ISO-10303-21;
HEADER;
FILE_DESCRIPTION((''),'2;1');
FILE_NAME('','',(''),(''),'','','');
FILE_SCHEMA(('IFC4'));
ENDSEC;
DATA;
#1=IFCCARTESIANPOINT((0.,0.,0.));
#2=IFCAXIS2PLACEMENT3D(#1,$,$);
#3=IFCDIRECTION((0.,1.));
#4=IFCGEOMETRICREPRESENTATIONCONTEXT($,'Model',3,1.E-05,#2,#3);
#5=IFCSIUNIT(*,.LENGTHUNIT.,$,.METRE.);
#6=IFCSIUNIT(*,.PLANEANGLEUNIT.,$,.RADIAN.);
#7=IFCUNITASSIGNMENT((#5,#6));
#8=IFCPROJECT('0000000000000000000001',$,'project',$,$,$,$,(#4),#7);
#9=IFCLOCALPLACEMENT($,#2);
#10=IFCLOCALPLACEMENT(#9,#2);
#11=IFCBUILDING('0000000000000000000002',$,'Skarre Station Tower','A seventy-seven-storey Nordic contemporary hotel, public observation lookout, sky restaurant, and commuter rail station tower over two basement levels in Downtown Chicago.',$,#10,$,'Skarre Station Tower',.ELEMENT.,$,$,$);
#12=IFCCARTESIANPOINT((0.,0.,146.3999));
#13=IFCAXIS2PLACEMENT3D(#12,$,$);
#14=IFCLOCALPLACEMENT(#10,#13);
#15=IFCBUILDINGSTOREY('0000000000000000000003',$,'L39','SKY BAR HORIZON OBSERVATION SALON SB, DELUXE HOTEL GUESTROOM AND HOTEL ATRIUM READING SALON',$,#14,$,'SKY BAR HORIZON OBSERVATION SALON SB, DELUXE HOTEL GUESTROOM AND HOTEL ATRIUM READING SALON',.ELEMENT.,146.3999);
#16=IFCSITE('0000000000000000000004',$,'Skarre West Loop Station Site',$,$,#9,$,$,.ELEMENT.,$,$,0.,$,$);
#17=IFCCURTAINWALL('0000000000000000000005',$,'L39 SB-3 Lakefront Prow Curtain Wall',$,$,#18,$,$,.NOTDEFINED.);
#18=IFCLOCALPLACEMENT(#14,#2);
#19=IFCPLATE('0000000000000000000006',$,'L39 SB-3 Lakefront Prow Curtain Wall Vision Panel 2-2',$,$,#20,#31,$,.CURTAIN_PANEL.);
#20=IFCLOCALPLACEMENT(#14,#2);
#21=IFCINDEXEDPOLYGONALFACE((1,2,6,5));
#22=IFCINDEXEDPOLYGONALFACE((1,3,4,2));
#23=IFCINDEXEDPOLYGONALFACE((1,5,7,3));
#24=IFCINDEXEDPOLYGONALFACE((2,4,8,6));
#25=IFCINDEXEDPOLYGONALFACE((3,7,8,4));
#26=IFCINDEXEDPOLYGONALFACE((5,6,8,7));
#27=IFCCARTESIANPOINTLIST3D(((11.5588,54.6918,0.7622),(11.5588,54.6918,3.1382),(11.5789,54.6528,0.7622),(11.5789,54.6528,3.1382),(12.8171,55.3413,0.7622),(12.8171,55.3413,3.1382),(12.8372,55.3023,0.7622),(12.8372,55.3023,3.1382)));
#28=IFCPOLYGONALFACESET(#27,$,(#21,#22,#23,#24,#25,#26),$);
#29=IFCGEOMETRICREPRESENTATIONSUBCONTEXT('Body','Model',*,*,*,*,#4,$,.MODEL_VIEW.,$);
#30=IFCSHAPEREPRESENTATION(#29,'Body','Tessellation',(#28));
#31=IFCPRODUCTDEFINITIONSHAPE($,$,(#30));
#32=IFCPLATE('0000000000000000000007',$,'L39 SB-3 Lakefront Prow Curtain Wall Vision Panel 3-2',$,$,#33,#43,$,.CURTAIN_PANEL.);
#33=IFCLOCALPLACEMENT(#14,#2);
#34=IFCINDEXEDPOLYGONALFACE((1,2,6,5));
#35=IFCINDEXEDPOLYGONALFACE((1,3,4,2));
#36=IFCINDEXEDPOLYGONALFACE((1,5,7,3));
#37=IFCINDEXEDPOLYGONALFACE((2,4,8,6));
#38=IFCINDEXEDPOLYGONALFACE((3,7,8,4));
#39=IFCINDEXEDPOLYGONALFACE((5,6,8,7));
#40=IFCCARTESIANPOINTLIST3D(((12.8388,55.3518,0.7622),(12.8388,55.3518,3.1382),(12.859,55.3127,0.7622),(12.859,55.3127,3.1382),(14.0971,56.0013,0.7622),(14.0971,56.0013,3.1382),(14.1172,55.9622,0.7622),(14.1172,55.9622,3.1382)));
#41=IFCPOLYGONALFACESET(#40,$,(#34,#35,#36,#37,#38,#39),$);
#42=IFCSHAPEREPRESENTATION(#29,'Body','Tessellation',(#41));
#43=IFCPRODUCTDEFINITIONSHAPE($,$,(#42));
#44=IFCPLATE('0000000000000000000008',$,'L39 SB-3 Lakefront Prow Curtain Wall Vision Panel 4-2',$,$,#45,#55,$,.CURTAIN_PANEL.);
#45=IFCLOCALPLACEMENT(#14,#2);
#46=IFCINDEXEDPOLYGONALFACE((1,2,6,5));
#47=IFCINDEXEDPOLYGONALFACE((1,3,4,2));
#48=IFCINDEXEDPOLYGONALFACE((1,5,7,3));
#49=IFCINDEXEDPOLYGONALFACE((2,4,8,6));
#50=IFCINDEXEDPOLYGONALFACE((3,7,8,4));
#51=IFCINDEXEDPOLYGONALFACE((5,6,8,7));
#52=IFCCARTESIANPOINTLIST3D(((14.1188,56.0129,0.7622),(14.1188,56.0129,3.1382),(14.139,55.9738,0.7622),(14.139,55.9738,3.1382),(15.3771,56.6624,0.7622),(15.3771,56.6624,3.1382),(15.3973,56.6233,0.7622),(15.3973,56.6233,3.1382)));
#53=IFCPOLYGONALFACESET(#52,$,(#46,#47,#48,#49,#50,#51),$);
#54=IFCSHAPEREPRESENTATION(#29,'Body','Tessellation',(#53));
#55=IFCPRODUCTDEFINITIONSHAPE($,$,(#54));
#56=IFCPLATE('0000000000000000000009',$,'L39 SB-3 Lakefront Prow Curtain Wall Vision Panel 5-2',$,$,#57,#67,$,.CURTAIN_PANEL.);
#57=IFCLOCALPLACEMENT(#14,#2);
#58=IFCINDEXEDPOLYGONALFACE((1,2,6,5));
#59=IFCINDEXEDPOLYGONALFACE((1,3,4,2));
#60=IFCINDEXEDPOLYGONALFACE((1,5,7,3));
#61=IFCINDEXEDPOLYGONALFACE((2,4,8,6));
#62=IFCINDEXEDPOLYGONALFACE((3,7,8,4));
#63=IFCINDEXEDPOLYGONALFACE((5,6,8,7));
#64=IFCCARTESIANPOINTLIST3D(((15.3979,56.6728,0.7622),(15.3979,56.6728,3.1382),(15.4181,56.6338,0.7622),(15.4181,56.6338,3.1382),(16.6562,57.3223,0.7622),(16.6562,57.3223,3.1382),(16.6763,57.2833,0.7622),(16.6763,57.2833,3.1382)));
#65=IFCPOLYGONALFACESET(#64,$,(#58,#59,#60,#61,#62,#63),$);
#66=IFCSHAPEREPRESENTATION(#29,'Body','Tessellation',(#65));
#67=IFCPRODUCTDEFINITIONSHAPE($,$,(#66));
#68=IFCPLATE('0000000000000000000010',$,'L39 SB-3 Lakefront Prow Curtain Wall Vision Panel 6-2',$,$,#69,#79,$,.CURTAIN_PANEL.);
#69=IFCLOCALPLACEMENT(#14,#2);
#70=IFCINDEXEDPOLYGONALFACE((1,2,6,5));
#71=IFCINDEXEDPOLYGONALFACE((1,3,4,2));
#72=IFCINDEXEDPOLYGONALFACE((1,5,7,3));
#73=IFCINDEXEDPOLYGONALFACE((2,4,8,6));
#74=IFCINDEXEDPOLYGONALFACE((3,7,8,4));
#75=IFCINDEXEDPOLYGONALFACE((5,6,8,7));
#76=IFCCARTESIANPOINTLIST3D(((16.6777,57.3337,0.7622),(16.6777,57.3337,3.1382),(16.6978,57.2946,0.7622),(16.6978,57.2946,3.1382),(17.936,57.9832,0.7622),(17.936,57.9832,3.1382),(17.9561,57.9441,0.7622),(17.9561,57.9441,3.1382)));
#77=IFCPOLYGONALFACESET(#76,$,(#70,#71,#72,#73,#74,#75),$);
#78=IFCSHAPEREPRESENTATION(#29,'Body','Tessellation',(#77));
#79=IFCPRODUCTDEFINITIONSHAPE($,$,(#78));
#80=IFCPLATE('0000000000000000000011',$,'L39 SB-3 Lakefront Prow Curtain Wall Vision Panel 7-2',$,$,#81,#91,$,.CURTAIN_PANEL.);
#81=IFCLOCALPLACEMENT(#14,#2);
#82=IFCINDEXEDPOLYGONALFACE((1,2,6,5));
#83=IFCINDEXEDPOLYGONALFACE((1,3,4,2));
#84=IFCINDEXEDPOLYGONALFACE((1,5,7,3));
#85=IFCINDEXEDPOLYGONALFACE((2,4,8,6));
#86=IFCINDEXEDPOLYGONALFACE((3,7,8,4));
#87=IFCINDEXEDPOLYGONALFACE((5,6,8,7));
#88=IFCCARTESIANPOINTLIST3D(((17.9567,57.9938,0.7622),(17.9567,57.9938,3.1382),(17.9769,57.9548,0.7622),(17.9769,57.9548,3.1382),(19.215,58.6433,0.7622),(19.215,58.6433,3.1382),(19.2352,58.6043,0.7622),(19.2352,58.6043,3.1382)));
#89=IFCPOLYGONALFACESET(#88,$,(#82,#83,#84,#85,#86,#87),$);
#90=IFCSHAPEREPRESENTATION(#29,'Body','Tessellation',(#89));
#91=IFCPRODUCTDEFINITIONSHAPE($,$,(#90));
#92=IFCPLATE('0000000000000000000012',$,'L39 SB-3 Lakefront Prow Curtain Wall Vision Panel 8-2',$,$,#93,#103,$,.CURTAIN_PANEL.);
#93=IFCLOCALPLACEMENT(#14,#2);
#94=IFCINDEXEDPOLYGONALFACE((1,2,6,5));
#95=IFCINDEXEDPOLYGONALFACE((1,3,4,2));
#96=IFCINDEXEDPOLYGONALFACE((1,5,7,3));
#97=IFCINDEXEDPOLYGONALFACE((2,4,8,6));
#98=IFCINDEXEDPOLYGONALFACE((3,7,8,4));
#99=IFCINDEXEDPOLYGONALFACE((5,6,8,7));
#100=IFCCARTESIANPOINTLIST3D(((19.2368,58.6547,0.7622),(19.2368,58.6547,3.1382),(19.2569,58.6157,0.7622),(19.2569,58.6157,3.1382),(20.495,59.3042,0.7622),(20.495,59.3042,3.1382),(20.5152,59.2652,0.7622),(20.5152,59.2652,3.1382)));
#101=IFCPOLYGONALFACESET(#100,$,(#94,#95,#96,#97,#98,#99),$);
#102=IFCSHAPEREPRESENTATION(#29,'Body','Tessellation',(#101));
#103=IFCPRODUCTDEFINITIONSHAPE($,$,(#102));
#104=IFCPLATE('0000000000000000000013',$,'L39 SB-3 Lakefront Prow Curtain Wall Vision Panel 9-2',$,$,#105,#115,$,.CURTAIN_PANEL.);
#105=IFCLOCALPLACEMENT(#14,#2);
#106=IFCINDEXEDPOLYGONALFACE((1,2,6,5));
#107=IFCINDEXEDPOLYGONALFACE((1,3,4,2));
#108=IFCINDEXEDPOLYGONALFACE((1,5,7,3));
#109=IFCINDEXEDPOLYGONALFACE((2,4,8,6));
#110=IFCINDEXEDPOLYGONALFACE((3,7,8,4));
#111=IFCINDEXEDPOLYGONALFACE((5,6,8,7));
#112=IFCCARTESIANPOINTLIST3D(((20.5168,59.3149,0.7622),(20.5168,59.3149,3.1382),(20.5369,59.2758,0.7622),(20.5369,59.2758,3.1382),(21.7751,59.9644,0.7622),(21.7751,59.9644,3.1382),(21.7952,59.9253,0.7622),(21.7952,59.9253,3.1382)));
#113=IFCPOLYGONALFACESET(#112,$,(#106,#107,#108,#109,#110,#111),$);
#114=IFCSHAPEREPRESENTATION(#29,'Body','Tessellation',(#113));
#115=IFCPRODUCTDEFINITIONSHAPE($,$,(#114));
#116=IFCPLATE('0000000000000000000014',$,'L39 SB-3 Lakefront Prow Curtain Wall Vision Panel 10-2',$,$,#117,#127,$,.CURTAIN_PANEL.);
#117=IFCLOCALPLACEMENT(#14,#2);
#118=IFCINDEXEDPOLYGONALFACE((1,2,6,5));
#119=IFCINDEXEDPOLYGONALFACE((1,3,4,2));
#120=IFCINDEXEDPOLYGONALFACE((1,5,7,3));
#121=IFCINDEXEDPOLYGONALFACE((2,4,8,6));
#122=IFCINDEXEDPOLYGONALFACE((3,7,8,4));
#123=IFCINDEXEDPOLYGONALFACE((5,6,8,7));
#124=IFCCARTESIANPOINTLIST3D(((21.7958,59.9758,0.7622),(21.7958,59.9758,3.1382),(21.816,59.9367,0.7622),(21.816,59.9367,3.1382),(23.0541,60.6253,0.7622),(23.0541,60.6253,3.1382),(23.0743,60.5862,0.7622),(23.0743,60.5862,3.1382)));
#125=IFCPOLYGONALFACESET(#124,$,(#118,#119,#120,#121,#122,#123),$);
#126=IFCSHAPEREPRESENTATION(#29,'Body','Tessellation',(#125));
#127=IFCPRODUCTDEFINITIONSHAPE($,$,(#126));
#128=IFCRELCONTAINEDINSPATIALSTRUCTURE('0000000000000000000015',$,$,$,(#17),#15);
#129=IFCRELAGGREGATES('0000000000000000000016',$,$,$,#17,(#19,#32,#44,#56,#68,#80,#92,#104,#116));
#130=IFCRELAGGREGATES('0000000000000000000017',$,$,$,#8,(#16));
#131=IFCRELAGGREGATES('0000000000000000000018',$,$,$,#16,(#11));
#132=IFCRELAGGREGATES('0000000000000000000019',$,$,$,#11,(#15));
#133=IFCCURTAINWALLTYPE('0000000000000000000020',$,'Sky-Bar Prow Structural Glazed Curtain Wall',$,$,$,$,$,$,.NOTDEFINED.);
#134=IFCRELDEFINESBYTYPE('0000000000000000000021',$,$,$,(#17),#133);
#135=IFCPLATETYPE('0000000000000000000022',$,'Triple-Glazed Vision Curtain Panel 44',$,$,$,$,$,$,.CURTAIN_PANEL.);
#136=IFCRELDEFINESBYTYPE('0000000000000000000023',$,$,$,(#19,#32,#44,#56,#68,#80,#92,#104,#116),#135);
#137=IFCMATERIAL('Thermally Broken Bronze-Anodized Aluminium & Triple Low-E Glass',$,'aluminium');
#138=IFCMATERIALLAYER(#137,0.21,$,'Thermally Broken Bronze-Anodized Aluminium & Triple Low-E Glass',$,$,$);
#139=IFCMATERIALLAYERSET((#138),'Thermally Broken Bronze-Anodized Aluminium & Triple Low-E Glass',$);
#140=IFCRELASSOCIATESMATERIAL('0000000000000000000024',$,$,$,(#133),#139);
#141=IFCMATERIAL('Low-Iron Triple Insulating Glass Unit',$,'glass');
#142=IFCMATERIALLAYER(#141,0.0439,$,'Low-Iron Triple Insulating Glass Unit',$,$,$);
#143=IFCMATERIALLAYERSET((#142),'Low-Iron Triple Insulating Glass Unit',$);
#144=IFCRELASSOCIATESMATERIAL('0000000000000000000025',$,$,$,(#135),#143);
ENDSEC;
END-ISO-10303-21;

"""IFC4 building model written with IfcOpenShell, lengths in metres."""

from ifc_helpers import new_model, si_unit, direction, frame, origin, origin_2d, place, context, subcontext, project, spatial, rectangle, extrude, material, layer, layer_set, type_object, element, aggregate, save


model = new_model("IFC4")

# Units and contexts
model_context = context("Model", 3, precision=1e-05, world=origin(), true_north=direction((0.0, 1.0)))
body_context = subcontext(model_context, "Body", "Model", "MODEL_VIEW")
ifc_project = project(units=[si_unit("LENGTHUNIT", "METRE"), si_unit("PLANEANGLEUNIT", "RADIAN")], contexts=[model_context])

# Site, building, storey
site_placement = place(None, origin())
site = spatial("IfcSite", under=ifc_project, at=site_placement, Name="Skarre West Loop Station Site", CompositionType="ELEMENT", RefElevation=0.0)
building_placement = place(site_placement, origin())
building = spatial("IfcBuilding", under=site, at=building_placement, Name="Skarre Station Tower", Description="A seventy-seven-storey Nordic contemporary hotel, public observation lookout, sky restaurant, and commuter rail station tower over two basement levels in Downtown Chicago.", LongName="Skarre Station Tower", CompositionType="ELEMENT")
storey_placement = place(building_placement, frame((0.0, 0.0, 146.3999)))
storey = spatial("IfcBuildingStorey", under=building, at=storey_placement, Name="L39", Description="SKY BAR HORIZON OBSERVATION SALON SB, DELUXE HOTEL GUESTROOM AND HOTEL ATRIUM READING SALON", LongName="SKY BAR HORIZON OBSERVATION SALON SB, DELUXE HOTEL GUESTROOM AND HOTEL ATRIUM READING SALON", CompositionType="ELEMENT", Elevation=146.3999)

# Curtain wall
ifc_material_1 = material(Name="Thermally Broken Bronze-Anodized Aluminium & Triple Low-E Glass", Category="aluminium")
ifc_layer_1 = layer(ifc_material_1, 0.21, Name="Thermally Broken Bronze-Anodized Aluminium & Triple Low-E Glass")
ifc_layer_set_1 = layer_set([ifc_layer_1], Name="Thermally Broken Bronze-Anodized Aluminium & Triple Low-E Glass")
curtain_wall_type = type_object("IfcCurtainWallType", Name="Sky-Bar Prow Structural Glazed Curtain Wall", PredefinedType="NOTDEFINED", material=ifc_layer_set_1)
curtain_wall_placement = place(storey_placement, origin())
curtain_wall = element("IfcCurtainWall", 1, at=curtain_wall_placement, inside=storey, type_object=curtain_wall_type, Name="L39 SB-3 Lakefront Prow Curtain Wall", PredefinedType="NOTDEFINED")

# Plates
ifc_material_2 = material(Name="Low-Iron Triple Insulating Glass Unit", Category="glass")
ifc_layer_2 = layer(ifc_material_2, 0.0439, Name="Low-Iron Triple Insulating Glass Unit")
ifc_layer_set_2 = layer_set([ifc_layer_2], Name="Low-Iron Triple Insulating Glass Unit")
plate_type_1 = type_object("IfcPlateType", Name="Triple-Glazed Vision Curtain Panel 44", PredefinedType="CURTAIN_PANEL", material=ifc_layer_set_2)
plate_1_placement = place(storey_placement, frame((12.198, 54.9971, 0.7622), z_axis=(0.0, 0.0, 1.0), x_axis=(0.888601, 0.458681, 0.0)))
plate_1 = element("IfcPlate", 2, at=plate_1_placement, type_object=plate_type_1, Name="L39 SB-3 Lakefront Prow Curtain Wall Vision Panel 2-2", PredefinedType="CURTAIN_PANEL", context=body_context, shape_type="SweptSolid", body=[
    extrude(rectangle(XDim=1.416, YDim=0.0439, at=origin_2d()), origin(), (0.0, 0.0, 1.0), 2.376),
])
plate_2_placement = place(storey_placement, frame((13.478, 55.657, 0.7622), z_axis=(0.0, 0.0, 1.0), x_axis=(0.888601, 0.458681, 0.0)))
plate_2 = element("IfcPlate", 3, at=plate_2_placement, type_object=plate_type_1, Name="L39 SB-3 Lakefront Prow Curtain Wall Vision Panel 3-2", PredefinedType="CURTAIN_PANEL", context=body_context, shape_type="SweptSolid", body=[
    extrude(rectangle(XDim=1.416, YDim=0.0439, at=origin_2d()), origin(), (0.0, 0.0, 1.0), 2.376),
])
plate_3_placement = place(storey_placement, frame((14.7581, 56.3181, 0.7622), z_axis=(0.0, 0.0, 1.0), x_axis=(0.888601, 0.458681, 0.0)))
plate_3 = element("IfcPlate", 4, at=plate_3_placement, type_object=plate_type_1, Name="L39 SB-3 Lakefront Prow Curtain Wall Vision Panel 4-2", PredefinedType="CURTAIN_PANEL", context=body_context, shape_type="SweptSolid", body=[
    extrude(rectangle(XDim=1.416, YDim=0.0439, at=origin_2d()), origin(), (0.0, 0.0, 1.0), 2.376),
])
plate_4_placement = place(storey_placement, frame((16.0371, 56.978, 0.7622), z_axis=(0.0, 0.0, 1.0), x_axis=(0.888601, 0.458681, 0.0)))
plate_4 = element("IfcPlate", 5, at=plate_4_placement, type_object=plate_type_1, Name="L39 SB-3 Lakefront Prow Curtain Wall Vision Panel 5-2", PredefinedType="CURTAIN_PANEL", context=body_context, shape_type="SweptSolid", body=[
    extrude(rectangle(XDim=1.416, YDim=0.0439, at=origin_2d()), origin(), (0.0, 0.0, 1.0), 2.376),
])
plate_5_placement = place(storey_placement, frame((17.3169, 57.6389, 0.7622), z_axis=(0.0, 0.0, 1.0), x_axis=(0.888601, 0.458681, 0.0)))
plate_5 = element("IfcPlate", 6, at=plate_5_placement, type_object=plate_type_1, Name="L39 SB-3 Lakefront Prow Curtain Wall Vision Panel 6-2", PredefinedType="CURTAIN_PANEL", context=body_context, shape_type="SweptSolid", body=[
    extrude(rectangle(XDim=1.416, YDim=0.0439, at=origin_2d()), origin(), (0.0, 0.0, 1.0), 2.376),
])
plate_6_placement = place(storey_placement, frame((18.5959, 58.2991, 0.7622), z_axis=(0.0, 0.0, 1.0), x_axis=(0.888601, 0.458681, 0.0)))
plate_6 = element("IfcPlate", 7, at=plate_6_placement, type_object=plate_type_1, Name="L39 SB-3 Lakefront Prow Curtain Wall Vision Panel 7-2", PredefinedType="CURTAIN_PANEL", context=body_context, shape_type="SweptSolid", body=[
    extrude(rectangle(XDim=1.416, YDim=0.0439, at=origin_2d()), origin(), (0.0, 0.0, 1.0), 2.376),
])
plate_7_placement = place(storey_placement, frame((19.876, 58.96, 0.7622), z_axis=(0.0, 0.0, 1.0), x_axis=(0.888601, 0.458681, 0.0)))
plate_7 = element("IfcPlate", 8, at=plate_7_placement, type_object=plate_type_1, Name="L39 SB-3 Lakefront Prow Curtain Wall Vision Panel 8-2", PredefinedType="CURTAIN_PANEL", context=body_context, shape_type="SweptSolid", body=[
    extrude(rectangle(XDim=1.416, YDim=0.0439, at=origin_2d()), origin(), (0.0, 0.0, 1.0), 2.376),
])
plate_8_placement = place(storey_placement, frame((21.156, 59.6201, 0.7622), z_axis=(0.0, 0.0, 1.0), x_axis=(0.888601, 0.458681, 0.0)))
plate_8 = element("IfcPlate", 9, at=plate_8_placement, type_object=plate_type_1, Name="L39 SB-3 Lakefront Prow Curtain Wall Vision Panel 9-2", PredefinedType="CURTAIN_PANEL", context=body_context, shape_type="SweptSolid", body=[
    extrude(rectangle(XDim=1.416, YDim=0.0439, at=origin_2d()), origin(), (0.0, 0.0, 1.0), 2.376),
])
plate_9_placement = place(storey_placement, frame((22.4351, 60.281, 0.7622), z_axis=(0.0, 0.0, 1.0), x_axis=(0.888601, 0.458681, 0.0)))
plate_9 = element("IfcPlate", 10, at=plate_9_placement, type_object=plate_type_1, Name="L39 SB-3 Lakefront Prow Curtain Wall Vision Panel 10-2", PredefinedType="CURTAIN_PANEL", context=body_context, shape_type="SweptSolid", body=[
    extrude(rectangle(XDim=1.416, YDim=0.0439, at=origin_2d()), origin(), (0.0, 0.0, 1.0), 2.376),
])
aggregate(curtain_wall, [plate_1, plate_2, plate_3, plate_4, plate_5, plate_6, plate_7, plate_8, plate_9])

save(model, "model.ifc")
